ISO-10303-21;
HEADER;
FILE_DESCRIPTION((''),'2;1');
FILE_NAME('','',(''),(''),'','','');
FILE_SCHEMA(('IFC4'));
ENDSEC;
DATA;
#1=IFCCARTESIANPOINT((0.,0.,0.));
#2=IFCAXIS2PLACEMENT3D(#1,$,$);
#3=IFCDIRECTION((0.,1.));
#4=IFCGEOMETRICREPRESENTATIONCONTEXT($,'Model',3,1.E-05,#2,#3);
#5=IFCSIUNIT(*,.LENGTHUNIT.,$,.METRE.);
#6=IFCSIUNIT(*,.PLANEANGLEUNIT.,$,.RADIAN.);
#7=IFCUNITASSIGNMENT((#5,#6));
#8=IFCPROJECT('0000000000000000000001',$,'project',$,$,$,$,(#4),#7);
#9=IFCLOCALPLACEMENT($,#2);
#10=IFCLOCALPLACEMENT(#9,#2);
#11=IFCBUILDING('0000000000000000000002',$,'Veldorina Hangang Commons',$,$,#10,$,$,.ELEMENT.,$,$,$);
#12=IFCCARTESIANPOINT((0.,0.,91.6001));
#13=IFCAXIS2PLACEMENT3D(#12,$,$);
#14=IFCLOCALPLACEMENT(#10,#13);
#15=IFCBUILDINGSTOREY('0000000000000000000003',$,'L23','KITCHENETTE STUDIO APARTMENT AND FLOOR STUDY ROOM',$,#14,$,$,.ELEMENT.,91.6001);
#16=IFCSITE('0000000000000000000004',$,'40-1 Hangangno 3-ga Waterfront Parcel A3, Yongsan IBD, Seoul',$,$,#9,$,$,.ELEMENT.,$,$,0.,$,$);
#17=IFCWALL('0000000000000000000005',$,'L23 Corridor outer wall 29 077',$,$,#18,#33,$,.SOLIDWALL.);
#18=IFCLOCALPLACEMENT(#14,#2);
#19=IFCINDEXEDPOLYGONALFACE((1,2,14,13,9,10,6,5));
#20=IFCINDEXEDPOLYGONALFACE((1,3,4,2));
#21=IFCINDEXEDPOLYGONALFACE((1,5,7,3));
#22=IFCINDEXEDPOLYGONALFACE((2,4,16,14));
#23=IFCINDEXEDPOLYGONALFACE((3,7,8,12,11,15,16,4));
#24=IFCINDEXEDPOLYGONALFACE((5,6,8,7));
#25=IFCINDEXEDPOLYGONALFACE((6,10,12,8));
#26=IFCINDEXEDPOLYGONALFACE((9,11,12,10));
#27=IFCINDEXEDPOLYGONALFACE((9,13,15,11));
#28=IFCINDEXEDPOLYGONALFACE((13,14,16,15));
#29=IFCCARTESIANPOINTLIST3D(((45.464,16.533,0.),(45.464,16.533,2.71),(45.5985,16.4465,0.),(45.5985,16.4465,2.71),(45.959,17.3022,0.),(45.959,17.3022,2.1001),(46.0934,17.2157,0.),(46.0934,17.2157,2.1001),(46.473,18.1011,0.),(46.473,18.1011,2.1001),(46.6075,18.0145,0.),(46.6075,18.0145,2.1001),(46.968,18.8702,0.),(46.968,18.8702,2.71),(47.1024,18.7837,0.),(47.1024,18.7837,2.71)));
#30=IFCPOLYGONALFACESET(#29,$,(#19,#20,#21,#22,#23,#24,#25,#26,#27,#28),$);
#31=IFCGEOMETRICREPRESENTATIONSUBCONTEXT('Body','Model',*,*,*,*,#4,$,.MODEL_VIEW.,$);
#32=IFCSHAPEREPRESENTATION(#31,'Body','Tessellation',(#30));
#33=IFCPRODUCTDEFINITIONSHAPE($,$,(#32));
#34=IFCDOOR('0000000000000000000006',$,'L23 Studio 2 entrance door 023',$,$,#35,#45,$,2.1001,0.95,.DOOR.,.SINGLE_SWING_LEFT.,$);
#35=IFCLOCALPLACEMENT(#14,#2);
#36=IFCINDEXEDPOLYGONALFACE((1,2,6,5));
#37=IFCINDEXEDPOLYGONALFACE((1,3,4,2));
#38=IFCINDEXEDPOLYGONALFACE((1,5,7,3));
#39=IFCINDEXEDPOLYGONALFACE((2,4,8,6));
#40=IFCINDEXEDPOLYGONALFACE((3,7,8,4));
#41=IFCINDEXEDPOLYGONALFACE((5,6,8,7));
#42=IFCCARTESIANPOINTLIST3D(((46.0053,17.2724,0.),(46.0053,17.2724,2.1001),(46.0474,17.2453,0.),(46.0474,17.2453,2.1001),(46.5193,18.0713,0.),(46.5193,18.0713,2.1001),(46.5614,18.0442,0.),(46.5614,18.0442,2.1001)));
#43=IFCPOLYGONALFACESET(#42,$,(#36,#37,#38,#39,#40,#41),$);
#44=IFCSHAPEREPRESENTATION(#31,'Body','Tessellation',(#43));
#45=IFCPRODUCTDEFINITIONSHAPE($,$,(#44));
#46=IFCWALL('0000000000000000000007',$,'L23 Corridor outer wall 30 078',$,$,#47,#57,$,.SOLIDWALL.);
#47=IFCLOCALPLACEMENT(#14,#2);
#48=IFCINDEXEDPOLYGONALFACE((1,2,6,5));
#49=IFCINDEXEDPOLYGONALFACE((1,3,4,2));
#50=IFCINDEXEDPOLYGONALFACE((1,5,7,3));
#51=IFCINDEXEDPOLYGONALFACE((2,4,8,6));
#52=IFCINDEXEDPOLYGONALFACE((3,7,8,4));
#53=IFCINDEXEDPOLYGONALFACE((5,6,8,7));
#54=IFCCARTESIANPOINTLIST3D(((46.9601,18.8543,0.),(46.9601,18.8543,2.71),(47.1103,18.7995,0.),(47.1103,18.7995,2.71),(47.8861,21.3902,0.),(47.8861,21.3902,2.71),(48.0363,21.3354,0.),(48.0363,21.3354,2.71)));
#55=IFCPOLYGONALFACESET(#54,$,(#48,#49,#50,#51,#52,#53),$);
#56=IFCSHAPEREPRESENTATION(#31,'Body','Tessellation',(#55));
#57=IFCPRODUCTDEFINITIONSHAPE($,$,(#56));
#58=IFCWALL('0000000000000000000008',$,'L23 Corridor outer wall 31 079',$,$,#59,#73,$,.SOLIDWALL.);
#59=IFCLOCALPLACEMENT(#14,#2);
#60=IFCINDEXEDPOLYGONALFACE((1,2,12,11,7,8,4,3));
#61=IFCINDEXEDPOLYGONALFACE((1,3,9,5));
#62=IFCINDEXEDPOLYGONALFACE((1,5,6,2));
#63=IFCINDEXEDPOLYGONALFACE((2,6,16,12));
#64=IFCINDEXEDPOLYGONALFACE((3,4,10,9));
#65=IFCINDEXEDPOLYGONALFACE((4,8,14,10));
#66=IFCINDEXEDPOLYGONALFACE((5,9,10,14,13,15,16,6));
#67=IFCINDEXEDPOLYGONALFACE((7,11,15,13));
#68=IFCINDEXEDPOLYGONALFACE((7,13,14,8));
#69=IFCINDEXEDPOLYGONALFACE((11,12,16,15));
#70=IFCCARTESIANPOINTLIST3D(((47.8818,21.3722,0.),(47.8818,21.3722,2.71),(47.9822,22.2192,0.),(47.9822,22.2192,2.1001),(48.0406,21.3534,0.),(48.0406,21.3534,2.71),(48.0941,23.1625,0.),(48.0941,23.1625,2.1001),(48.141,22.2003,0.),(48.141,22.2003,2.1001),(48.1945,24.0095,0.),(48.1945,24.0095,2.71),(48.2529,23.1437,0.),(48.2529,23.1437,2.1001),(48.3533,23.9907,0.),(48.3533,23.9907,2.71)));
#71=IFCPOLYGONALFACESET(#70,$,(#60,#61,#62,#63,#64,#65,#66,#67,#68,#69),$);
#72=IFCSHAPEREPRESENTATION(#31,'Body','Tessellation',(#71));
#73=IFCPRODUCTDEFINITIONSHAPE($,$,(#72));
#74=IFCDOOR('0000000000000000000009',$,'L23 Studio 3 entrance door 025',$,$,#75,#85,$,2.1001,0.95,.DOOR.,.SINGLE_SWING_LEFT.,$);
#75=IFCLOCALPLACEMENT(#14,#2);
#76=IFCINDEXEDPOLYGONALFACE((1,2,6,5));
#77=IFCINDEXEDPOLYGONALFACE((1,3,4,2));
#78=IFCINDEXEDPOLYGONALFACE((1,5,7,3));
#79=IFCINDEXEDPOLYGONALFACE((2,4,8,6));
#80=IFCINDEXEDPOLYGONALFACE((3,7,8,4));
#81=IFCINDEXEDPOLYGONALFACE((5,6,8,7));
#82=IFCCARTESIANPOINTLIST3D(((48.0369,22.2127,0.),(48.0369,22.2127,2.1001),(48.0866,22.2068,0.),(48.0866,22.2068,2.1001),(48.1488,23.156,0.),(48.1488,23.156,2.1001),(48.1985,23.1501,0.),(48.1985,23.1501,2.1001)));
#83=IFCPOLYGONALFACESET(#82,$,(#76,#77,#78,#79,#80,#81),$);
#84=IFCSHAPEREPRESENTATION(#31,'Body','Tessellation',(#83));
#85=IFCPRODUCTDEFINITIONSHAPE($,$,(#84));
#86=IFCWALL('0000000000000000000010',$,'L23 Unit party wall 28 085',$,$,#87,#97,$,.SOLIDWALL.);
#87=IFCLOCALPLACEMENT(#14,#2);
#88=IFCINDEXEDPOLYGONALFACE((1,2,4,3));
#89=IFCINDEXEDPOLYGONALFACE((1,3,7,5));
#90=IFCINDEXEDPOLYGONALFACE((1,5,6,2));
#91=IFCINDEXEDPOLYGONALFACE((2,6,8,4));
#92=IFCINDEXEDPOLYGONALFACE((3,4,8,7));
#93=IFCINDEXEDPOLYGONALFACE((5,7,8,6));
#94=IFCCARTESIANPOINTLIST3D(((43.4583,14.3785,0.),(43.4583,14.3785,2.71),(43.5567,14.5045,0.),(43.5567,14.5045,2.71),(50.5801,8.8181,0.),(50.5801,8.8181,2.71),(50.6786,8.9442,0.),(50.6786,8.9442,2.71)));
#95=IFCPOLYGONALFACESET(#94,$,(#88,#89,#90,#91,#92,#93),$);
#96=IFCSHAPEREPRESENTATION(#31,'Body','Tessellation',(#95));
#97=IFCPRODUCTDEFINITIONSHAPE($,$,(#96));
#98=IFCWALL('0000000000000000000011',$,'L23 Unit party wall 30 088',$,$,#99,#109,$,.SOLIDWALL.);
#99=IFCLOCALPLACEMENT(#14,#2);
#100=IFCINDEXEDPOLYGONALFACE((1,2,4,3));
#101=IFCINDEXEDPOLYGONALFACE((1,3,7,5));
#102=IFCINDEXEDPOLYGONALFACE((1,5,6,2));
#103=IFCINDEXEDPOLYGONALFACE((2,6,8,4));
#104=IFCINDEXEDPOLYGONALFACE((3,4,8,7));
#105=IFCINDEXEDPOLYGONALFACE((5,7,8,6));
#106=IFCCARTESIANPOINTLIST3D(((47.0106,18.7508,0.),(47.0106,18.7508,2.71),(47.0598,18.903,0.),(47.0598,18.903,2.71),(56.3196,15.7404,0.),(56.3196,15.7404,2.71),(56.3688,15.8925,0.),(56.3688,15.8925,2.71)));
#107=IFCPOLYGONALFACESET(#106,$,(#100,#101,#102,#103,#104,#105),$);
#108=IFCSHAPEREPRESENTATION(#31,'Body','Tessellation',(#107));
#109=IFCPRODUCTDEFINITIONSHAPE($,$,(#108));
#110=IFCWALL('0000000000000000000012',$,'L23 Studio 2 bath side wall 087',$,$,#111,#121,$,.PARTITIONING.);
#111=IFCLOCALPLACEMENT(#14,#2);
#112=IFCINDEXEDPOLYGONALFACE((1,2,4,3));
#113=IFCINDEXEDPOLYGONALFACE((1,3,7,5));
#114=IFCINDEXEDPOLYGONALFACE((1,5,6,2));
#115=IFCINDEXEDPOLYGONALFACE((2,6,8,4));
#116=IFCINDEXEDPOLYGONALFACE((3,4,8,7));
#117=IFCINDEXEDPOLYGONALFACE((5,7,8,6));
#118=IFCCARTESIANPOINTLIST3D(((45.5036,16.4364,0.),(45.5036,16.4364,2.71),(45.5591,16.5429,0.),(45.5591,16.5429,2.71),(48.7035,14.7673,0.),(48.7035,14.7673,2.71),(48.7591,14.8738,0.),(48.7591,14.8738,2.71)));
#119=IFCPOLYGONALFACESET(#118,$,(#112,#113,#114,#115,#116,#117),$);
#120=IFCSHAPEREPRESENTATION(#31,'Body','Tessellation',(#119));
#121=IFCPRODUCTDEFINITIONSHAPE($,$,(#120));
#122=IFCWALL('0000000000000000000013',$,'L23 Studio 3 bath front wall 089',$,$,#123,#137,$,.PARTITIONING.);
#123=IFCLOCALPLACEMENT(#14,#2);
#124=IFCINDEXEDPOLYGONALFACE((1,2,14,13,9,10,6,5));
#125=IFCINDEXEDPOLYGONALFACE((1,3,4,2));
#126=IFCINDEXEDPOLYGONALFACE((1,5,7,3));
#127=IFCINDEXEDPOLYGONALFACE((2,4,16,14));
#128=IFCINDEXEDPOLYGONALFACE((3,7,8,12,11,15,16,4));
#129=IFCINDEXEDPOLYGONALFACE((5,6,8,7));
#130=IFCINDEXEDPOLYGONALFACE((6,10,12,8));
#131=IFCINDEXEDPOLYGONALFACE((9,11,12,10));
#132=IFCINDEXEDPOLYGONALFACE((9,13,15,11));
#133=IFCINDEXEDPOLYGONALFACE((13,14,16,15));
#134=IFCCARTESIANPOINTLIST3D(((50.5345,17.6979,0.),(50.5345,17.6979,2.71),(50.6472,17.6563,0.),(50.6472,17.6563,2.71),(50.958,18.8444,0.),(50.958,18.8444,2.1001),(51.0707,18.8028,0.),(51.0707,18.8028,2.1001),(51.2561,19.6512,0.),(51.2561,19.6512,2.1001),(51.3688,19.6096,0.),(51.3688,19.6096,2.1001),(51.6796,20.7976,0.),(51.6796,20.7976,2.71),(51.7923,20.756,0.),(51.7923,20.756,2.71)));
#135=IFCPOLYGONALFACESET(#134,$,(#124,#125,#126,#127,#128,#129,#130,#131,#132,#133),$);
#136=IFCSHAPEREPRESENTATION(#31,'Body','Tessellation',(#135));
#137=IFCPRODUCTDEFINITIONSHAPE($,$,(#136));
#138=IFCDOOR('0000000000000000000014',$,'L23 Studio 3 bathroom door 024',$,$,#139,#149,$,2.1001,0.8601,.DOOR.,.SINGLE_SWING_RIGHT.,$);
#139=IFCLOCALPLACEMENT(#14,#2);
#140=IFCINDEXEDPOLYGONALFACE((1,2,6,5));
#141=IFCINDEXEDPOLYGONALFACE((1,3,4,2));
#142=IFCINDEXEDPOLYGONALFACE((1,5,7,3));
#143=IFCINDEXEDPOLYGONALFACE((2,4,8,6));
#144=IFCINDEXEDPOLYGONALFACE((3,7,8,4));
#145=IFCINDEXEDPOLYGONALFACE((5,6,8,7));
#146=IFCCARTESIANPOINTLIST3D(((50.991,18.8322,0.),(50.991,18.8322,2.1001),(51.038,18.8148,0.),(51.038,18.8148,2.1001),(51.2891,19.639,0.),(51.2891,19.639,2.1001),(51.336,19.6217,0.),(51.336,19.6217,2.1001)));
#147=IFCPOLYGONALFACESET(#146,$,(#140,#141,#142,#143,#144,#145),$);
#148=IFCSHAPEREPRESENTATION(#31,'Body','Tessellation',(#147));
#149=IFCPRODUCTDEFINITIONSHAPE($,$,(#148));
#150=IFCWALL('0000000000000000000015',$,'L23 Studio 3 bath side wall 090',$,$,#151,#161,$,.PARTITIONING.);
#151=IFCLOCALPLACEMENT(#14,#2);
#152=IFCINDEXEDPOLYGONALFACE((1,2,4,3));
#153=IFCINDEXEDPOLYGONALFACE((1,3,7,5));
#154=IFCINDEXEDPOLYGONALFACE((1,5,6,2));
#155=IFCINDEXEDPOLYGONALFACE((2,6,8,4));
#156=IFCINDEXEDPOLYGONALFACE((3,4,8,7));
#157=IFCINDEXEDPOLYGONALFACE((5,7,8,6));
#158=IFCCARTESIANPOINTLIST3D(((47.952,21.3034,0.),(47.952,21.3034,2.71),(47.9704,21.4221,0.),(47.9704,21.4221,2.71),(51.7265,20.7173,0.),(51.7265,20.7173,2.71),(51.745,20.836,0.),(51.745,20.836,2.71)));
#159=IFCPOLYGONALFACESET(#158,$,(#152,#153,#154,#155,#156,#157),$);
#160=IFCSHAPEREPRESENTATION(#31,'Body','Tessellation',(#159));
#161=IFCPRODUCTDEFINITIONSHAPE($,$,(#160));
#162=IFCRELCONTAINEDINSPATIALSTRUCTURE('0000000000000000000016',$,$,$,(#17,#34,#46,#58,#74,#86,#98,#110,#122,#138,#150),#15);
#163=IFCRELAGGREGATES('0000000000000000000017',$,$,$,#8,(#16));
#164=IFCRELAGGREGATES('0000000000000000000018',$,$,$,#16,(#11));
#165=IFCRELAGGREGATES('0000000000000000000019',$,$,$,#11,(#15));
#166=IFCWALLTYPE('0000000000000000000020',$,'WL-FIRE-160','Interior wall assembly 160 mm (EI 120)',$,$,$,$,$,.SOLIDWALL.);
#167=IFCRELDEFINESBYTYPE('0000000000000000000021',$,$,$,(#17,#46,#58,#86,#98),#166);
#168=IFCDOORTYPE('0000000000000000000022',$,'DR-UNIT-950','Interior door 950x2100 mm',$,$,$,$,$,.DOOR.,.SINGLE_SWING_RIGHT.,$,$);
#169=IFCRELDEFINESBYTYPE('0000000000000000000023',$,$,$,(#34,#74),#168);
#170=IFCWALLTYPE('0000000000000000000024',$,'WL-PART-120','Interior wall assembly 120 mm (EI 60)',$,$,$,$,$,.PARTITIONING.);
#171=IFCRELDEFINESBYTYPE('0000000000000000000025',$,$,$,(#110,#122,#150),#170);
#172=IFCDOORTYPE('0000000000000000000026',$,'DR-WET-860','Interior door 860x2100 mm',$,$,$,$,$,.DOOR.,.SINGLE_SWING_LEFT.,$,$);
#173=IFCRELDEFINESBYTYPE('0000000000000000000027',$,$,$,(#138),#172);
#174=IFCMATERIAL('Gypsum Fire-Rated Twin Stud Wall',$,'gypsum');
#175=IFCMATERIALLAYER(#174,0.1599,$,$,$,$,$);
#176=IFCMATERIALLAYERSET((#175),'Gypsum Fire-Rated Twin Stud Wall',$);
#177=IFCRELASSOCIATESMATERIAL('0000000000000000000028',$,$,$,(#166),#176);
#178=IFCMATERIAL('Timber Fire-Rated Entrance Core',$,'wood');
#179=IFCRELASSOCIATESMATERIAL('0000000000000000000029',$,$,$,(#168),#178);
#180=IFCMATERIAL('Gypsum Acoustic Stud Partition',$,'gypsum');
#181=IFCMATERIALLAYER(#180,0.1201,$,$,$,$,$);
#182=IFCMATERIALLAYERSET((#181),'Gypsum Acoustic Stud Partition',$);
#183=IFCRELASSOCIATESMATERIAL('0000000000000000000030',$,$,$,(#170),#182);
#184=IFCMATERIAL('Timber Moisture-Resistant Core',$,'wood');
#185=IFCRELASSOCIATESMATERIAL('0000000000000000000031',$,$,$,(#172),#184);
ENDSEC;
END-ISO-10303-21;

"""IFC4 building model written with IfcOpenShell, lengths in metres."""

from ifc_helpers import new_model, si_unit, direction, frame, frame_2d, origin, place, context, subcontext, project, spatial, rectangle, extrude, material, layer, layer_set, type_object, element, fill, save


model = new_model("IFC4")

# Units and contexts
model_context = context("Model", 3, precision=1e-05, world=origin(), true_north=direction((0.0, 1.0)))
body_context = subcontext(model_context, "Body", "Model", "MODEL_VIEW")
ifc_project = project(units=[si_unit("LENGTHUNIT", "METRE"), si_unit("PLANEANGLEUNIT", "RADIAN")], contexts=[model_context])

# Site, building, storey
site_placement = place(None, origin())
site = spatial("IfcSite", under=ifc_project, at=site_placement, Name="40-1 Hangangno 3-ga Waterfront Parcel A3, Yongsan IBD, Seoul", CompositionType="ELEMENT", RefElevation=0.0)
building_placement = place(site_placement, origin())
building = spatial("IfcBuilding", under=site, at=building_placement, Name="Veldorina Hangang Commons", CompositionType="ELEMENT")
storey_placement = place(building_placement, frame((0.0, 0.0, 91.6001)))
storey = spatial("IfcBuildingStorey", under=building, at=storey_placement, Name="L23", Description="KITCHENETTE STUDIO APARTMENT AND FLOOR STUDY ROOM", CompositionType="ELEMENT", Elevation=91.6001)

# Wall, opening, door
ifc_material_1 = material(Name="Gypsum Fire-Rated Twin Stud Wall", Category="gypsum")
ifc_layer_1 = layer(ifc_material_1, 0.1599)
ifc_layer_set_1 = layer_set([ifc_layer_1], Name="Gypsum Fire-Rated Twin Stud Wall")
wall_type_1 = type_object("IfcWallType", Name="WL-FIRE-160", Description="Interior wall assembly 160 mm (EI 120)", PredefinedType="SOLIDWALL", material=ifc_layer_set_1)
wall_1_placement = place(storey_placement, frame((45.5312, 16.4897, 0.0), z_axis=(0.0, 0.0, 1.0), x_axis=(0.541126, 0.840941, 0.0)))
wall_1 = element("IfcWall", 1, at=wall_1_placement, inside=storey, type_object=wall_type_1, Name="L23 Corridor outer wall 29 077", PredefinedType="SOLIDWALL", context=body_context, shape_type="SweptSolid", body=[
    extrude(rectangle(XDim=2.7793, YDim=0.1599, at=frame_2d((1.3896, 0.0))), origin(), (0.0, 0.0, 1.0), 2.71),
])
opening_1_placement = place(wall_1_placement, frame((0.9146, 0.0, 0.0)))
opening_1 = element("IfcOpeningElement", 2, at=opening_1_placement, cuts=wall_1, PredefinedType="OPENING", context=body_context, shape_type="SweptSolid", body=[
    extrude(rectangle(XDim=0.95, YDim=2.1001, at=frame_2d((0.4751, 1.05))), frame((0.0, 0.0898, 0.0), z_axis=(0.0, -1.0, 0.0), x_axis=(1.0, 0.0, 0.0)), (0.0, 0.0, 1.0), 0.1799),
])
ifc_material_2 = material(Name="Timber Fire-Rated Entrance Core", Category="wood")
door_type_1 = type_object("IfcDoorType", Name="DR-UNIT-950", Description="Interior door 950x2100 mm", OperationType="SINGLE_SWING_RIGHT", PredefinedType="DOOR", material=ifc_material_2)
door_1_placement = place(opening_1_placement, origin())
door_1 = element("IfcDoor", 3, at=door_1_placement, inside=storey, type_object=door_type_1, Name="L23 Studio 2 entrance door 023", OperationType="SINGLE_SWING_LEFT", OverallHeight=2.1001, OverallWidth=0.95, PredefinedType="DOOR", context=body_context, shape_type="SweptSolid", body=[
    extrude(rectangle(XDim=0.95, YDim=2.1001, at=frame_2d((0.4751, 1.05))), frame((0.0, 0.0249, 0.0), z_axis=(0.0, -1.0, 0.0), x_axis=(1.0, 0.0, 0.0)), (0.0, 0.0, 1.0), 0.05),
])
fill(opening_1, door_1)

# Wall
wall_2_placement = place(storey_placement, frame((47.0352, 18.8269, 0.0), z_axis=(0.0, 0.0, 1.0), x_axis=(0.343013, 0.93933, 0.0)))
element("IfcWall", 4, at=wall_2_placement, inside=storey, type_object=wall_type_1, Name="L23 Corridor outer wall 30 078", PredefinedType="SOLIDWALL", context=body_context, shape_type="SweptSolid", body=[
    extrude(rectangle(XDim=2.6997, YDim=0.1599, at=frame_2d((1.3499, 0.0))), origin(), (0.0, 0.0, 1.0), 2.71),
])

# Wall, opening, door
wall_3_placement = place(storey_placement, frame((47.9612, 21.3628, 0.0), z_axis=(0.0, 0.0, 1.0), x_axis=(0.117764, 0.993042, 0.0)))
wall_3 = element("IfcWall", 5, at=wall_3_placement, inside=storey, type_object=wall_type_1, Name="L23 Corridor outer wall 31 079", PredefinedType="SOLIDWALL", context=body_context, shape_type="SweptSolid", body=[
    extrude(rectangle(XDim=2.6558, YDim=0.1599, at=frame_2d((1.3279, 0.0))), origin(), (0.0, 0.0, 1.0), 2.71),
])
opening_2_placement = place(wall_3_placement, frame((0.8528, 0.0, 0.0)))
opening_2 = element("IfcOpeningElement", 6, at=opening_2_placement, cuts=wall_3, PredefinedType="OPENING", context=body_context, shape_type="SweptSolid", body=[
    extrude(rectangle(XDim=0.95, YDim=2.1001, at=frame_2d((0.4751, 1.05))), frame((0.0, 0.0898, 0.0), z_axis=(0.0, -1.0, 0.0), x_axis=(1.0, 0.0, 0.0)), (0.0, 0.0, 1.0), 0.1799),
])
door_2_placement = place(opening_2_placement, origin())
door_2 = element("IfcDoor", 7, at=door_2_placement, inside=storey, type_object=door_type_1, Name="L23 Studio 3 entrance door 025", OperationType="SINGLE_SWING_LEFT", OverallHeight=2.1001, OverallWidth=0.95, PredefinedType="DOOR", context=body_context, shape_type="SweptSolid", body=[
    extrude(rectangle(XDim=0.95, YDim=2.1001, at=frame_2d((0.4751, 1.05))), frame((0.0, 0.0249, 0.0), z_axis=(0.0, -1.0, 0.0), x_axis=(1.0, 0.0, 0.0)), (0.0, 0.0, 1.0), 0.05),
])
fill(opening_2, door_2)

# Walls
wall_4_placement = place(storey_placement, frame((43.5076, 14.4414, 0.0), z_axis=(0.0, 0.0, 1.0), x_axis=(0.788219, -0.615395, 0.0)))
element("IfcWall", 8, at=wall_4_placement, inside=storey, type_object=wall_type_1, Name="L23 Unit party wall 28 085", PredefinedType="SOLIDWALL", context=body_context, shape_type="SweptSolid", body=[
    extrude(rectangle(XDim=9.0354, YDim=0.1599, at=frame_2d((4.5176, 0.0))), origin(), (0.0, 0.0, 1.0), 2.71),
])
wall_5_placement = place(storey_placement, frame((47.0352, 18.8269, 0.0), z_axis=(0.0, 0.0, 1.0), x_axis=(0.951482, -0.307703, 0.0)))
element("IfcWall", 9, at=wall_5_placement, inside=storey, type_object=wall_type_1, Name="L23 Unit party wall 30 088", PredefinedType="SOLIDWALL", context=body_context, shape_type="SweptSolid", body=[
    extrude(rectangle(XDim=9.7837, YDim=0.1599, at=frame_2d((4.8918, 0.0))), origin(), (0.0, 0.0, 1.0), 2.71),
])
ifc_material_3 = material(Name="Gypsum Acoustic Stud Partition", Category="gypsum")
ifc_layer_2 = layer(ifc_material_3, 0.1201)
ifc_layer_set_2 = layer_set([ifc_layer_2], Name="Gypsum Acoustic Stud Partition")
wall_type_2 = type_object("IfcWallType", Name="WL-PART-120", Description="Interior wall assembly 120 mm (EI 60)", PredefinedType="PARTITIONING", material=ifc_layer_set_2)
wall_6_placement = place(storey_placement, frame((45.5312, 16.4897, 0.0), z_axis=(0.0, 0.0, 1.0), x_axis=(0.886625, -0.46249, 0.0)))
element("IfcWall", 10, at=wall_6_placement, inside=storey, type_object=wall_type_2, Name="L23 Studio 2 bath side wall 087", PredefinedType="PARTITIONING", context=body_context, shape_type="SweptSolid", body=[
    extrude(rectangle(XDim=3.6091, YDim=0.1201, at=frame_2d((1.8047, 0.0))), origin(), (0.0, 0.0, 1.0), 2.71),
])

# Wall, opening, door
wall_7_placement = place(storey_placement, frame((50.5908, 17.677, 0.0), z_axis=(0.0, 0.0, 1.0), x_axis=(0.34652, 0.938043, 0.0)))
wall_7 = element("IfcWall", 11, at=wall_7_placement, inside=storey, type_object=wall_type_2, Name="L23 Studio 3 bath front wall 089", PredefinedType="PARTITIONING", context=body_context, shape_type="SweptSolid", body=[
    extrude(rectangle(XDim=3.3044, YDim=0.1201, at=frame_2d((1.6523, 0.0))), origin(), (0.0, 0.0, 1.0), 2.71),
])
opening_3_placement = place(wall_7_placement, frame((1.2222, 0.0, 0.0)))
opening_3 = element("IfcOpeningElement", 12, at=opening_3_placement, cuts=wall_7, PredefinedType="OPENING", context=body_context, shape_type="SweptSolid", body=[
    extrude(rectangle(XDim=0.8601, YDim=2.1001, at=frame_2d((0.4302, 1.05))), frame((0.0, 0.0701, 0.0), z_axis=(0.0, -1.0, 0.0), x_axis=(1.0, 0.0, 0.0)), (0.0, 0.0, 1.0), 0.1401),
])
ifc_material_4 = material(Name="Timber Moisture-Resistant Core", Category="wood")
door_type_2 = type_object("IfcDoorType", Name="DR-WET-860", Description="Interior door 860x2100 mm", OperationType="SINGLE_SWING_LEFT", PredefinedType="DOOR", material=ifc_material_4)
door_3_placement = place(opening_3_placement, origin())
door_3 = element("IfcDoor", 13, at=door_3_placement, inside=storey, type_object=door_type_2, Name="L23 Studio 3 bathroom door 024", OperationType="SINGLE_SWING_RIGHT", OverallHeight=2.1001, OverallWidth=0.8601, PredefinedType="DOOR", context=body_context, shape_type="SweptSolid", body=[
    extrude(rectangle(XDim=0.8601, YDim=2.1001, at=frame_2d((0.4302, 1.05))), frame((0.0, 0.0249, 0.0), z_axis=(0.0, -1.0, 0.0), x_axis=(1.0, 0.0, 0.0)), (0.0, 0.0, 1.0), 0.05),
])
fill(opening_3, door_3)

# Wall
wall_8_placement = place(storey_placement, frame((47.9612, 21.3628, 0.0), z_axis=(0.0, 0.0, 1.0), x_axis=(0.988156, -0.153455, 0.0)))
element("IfcWall", 14, at=wall_8_placement, inside=storey, type_object=wall_type_2, Name="L23 Studio 3 bath side wall 090", PredefinedType="PARTITIONING", context=body_context, shape_type="SweptSolid", body=[
    extrude(rectangle(XDim=3.8198, YDim=0.1201, at=frame_2d((1.9099, 0.0))), origin(), (0.0, 0.0, 1.0), 2.71),
])

save(model, "model.ifc")
